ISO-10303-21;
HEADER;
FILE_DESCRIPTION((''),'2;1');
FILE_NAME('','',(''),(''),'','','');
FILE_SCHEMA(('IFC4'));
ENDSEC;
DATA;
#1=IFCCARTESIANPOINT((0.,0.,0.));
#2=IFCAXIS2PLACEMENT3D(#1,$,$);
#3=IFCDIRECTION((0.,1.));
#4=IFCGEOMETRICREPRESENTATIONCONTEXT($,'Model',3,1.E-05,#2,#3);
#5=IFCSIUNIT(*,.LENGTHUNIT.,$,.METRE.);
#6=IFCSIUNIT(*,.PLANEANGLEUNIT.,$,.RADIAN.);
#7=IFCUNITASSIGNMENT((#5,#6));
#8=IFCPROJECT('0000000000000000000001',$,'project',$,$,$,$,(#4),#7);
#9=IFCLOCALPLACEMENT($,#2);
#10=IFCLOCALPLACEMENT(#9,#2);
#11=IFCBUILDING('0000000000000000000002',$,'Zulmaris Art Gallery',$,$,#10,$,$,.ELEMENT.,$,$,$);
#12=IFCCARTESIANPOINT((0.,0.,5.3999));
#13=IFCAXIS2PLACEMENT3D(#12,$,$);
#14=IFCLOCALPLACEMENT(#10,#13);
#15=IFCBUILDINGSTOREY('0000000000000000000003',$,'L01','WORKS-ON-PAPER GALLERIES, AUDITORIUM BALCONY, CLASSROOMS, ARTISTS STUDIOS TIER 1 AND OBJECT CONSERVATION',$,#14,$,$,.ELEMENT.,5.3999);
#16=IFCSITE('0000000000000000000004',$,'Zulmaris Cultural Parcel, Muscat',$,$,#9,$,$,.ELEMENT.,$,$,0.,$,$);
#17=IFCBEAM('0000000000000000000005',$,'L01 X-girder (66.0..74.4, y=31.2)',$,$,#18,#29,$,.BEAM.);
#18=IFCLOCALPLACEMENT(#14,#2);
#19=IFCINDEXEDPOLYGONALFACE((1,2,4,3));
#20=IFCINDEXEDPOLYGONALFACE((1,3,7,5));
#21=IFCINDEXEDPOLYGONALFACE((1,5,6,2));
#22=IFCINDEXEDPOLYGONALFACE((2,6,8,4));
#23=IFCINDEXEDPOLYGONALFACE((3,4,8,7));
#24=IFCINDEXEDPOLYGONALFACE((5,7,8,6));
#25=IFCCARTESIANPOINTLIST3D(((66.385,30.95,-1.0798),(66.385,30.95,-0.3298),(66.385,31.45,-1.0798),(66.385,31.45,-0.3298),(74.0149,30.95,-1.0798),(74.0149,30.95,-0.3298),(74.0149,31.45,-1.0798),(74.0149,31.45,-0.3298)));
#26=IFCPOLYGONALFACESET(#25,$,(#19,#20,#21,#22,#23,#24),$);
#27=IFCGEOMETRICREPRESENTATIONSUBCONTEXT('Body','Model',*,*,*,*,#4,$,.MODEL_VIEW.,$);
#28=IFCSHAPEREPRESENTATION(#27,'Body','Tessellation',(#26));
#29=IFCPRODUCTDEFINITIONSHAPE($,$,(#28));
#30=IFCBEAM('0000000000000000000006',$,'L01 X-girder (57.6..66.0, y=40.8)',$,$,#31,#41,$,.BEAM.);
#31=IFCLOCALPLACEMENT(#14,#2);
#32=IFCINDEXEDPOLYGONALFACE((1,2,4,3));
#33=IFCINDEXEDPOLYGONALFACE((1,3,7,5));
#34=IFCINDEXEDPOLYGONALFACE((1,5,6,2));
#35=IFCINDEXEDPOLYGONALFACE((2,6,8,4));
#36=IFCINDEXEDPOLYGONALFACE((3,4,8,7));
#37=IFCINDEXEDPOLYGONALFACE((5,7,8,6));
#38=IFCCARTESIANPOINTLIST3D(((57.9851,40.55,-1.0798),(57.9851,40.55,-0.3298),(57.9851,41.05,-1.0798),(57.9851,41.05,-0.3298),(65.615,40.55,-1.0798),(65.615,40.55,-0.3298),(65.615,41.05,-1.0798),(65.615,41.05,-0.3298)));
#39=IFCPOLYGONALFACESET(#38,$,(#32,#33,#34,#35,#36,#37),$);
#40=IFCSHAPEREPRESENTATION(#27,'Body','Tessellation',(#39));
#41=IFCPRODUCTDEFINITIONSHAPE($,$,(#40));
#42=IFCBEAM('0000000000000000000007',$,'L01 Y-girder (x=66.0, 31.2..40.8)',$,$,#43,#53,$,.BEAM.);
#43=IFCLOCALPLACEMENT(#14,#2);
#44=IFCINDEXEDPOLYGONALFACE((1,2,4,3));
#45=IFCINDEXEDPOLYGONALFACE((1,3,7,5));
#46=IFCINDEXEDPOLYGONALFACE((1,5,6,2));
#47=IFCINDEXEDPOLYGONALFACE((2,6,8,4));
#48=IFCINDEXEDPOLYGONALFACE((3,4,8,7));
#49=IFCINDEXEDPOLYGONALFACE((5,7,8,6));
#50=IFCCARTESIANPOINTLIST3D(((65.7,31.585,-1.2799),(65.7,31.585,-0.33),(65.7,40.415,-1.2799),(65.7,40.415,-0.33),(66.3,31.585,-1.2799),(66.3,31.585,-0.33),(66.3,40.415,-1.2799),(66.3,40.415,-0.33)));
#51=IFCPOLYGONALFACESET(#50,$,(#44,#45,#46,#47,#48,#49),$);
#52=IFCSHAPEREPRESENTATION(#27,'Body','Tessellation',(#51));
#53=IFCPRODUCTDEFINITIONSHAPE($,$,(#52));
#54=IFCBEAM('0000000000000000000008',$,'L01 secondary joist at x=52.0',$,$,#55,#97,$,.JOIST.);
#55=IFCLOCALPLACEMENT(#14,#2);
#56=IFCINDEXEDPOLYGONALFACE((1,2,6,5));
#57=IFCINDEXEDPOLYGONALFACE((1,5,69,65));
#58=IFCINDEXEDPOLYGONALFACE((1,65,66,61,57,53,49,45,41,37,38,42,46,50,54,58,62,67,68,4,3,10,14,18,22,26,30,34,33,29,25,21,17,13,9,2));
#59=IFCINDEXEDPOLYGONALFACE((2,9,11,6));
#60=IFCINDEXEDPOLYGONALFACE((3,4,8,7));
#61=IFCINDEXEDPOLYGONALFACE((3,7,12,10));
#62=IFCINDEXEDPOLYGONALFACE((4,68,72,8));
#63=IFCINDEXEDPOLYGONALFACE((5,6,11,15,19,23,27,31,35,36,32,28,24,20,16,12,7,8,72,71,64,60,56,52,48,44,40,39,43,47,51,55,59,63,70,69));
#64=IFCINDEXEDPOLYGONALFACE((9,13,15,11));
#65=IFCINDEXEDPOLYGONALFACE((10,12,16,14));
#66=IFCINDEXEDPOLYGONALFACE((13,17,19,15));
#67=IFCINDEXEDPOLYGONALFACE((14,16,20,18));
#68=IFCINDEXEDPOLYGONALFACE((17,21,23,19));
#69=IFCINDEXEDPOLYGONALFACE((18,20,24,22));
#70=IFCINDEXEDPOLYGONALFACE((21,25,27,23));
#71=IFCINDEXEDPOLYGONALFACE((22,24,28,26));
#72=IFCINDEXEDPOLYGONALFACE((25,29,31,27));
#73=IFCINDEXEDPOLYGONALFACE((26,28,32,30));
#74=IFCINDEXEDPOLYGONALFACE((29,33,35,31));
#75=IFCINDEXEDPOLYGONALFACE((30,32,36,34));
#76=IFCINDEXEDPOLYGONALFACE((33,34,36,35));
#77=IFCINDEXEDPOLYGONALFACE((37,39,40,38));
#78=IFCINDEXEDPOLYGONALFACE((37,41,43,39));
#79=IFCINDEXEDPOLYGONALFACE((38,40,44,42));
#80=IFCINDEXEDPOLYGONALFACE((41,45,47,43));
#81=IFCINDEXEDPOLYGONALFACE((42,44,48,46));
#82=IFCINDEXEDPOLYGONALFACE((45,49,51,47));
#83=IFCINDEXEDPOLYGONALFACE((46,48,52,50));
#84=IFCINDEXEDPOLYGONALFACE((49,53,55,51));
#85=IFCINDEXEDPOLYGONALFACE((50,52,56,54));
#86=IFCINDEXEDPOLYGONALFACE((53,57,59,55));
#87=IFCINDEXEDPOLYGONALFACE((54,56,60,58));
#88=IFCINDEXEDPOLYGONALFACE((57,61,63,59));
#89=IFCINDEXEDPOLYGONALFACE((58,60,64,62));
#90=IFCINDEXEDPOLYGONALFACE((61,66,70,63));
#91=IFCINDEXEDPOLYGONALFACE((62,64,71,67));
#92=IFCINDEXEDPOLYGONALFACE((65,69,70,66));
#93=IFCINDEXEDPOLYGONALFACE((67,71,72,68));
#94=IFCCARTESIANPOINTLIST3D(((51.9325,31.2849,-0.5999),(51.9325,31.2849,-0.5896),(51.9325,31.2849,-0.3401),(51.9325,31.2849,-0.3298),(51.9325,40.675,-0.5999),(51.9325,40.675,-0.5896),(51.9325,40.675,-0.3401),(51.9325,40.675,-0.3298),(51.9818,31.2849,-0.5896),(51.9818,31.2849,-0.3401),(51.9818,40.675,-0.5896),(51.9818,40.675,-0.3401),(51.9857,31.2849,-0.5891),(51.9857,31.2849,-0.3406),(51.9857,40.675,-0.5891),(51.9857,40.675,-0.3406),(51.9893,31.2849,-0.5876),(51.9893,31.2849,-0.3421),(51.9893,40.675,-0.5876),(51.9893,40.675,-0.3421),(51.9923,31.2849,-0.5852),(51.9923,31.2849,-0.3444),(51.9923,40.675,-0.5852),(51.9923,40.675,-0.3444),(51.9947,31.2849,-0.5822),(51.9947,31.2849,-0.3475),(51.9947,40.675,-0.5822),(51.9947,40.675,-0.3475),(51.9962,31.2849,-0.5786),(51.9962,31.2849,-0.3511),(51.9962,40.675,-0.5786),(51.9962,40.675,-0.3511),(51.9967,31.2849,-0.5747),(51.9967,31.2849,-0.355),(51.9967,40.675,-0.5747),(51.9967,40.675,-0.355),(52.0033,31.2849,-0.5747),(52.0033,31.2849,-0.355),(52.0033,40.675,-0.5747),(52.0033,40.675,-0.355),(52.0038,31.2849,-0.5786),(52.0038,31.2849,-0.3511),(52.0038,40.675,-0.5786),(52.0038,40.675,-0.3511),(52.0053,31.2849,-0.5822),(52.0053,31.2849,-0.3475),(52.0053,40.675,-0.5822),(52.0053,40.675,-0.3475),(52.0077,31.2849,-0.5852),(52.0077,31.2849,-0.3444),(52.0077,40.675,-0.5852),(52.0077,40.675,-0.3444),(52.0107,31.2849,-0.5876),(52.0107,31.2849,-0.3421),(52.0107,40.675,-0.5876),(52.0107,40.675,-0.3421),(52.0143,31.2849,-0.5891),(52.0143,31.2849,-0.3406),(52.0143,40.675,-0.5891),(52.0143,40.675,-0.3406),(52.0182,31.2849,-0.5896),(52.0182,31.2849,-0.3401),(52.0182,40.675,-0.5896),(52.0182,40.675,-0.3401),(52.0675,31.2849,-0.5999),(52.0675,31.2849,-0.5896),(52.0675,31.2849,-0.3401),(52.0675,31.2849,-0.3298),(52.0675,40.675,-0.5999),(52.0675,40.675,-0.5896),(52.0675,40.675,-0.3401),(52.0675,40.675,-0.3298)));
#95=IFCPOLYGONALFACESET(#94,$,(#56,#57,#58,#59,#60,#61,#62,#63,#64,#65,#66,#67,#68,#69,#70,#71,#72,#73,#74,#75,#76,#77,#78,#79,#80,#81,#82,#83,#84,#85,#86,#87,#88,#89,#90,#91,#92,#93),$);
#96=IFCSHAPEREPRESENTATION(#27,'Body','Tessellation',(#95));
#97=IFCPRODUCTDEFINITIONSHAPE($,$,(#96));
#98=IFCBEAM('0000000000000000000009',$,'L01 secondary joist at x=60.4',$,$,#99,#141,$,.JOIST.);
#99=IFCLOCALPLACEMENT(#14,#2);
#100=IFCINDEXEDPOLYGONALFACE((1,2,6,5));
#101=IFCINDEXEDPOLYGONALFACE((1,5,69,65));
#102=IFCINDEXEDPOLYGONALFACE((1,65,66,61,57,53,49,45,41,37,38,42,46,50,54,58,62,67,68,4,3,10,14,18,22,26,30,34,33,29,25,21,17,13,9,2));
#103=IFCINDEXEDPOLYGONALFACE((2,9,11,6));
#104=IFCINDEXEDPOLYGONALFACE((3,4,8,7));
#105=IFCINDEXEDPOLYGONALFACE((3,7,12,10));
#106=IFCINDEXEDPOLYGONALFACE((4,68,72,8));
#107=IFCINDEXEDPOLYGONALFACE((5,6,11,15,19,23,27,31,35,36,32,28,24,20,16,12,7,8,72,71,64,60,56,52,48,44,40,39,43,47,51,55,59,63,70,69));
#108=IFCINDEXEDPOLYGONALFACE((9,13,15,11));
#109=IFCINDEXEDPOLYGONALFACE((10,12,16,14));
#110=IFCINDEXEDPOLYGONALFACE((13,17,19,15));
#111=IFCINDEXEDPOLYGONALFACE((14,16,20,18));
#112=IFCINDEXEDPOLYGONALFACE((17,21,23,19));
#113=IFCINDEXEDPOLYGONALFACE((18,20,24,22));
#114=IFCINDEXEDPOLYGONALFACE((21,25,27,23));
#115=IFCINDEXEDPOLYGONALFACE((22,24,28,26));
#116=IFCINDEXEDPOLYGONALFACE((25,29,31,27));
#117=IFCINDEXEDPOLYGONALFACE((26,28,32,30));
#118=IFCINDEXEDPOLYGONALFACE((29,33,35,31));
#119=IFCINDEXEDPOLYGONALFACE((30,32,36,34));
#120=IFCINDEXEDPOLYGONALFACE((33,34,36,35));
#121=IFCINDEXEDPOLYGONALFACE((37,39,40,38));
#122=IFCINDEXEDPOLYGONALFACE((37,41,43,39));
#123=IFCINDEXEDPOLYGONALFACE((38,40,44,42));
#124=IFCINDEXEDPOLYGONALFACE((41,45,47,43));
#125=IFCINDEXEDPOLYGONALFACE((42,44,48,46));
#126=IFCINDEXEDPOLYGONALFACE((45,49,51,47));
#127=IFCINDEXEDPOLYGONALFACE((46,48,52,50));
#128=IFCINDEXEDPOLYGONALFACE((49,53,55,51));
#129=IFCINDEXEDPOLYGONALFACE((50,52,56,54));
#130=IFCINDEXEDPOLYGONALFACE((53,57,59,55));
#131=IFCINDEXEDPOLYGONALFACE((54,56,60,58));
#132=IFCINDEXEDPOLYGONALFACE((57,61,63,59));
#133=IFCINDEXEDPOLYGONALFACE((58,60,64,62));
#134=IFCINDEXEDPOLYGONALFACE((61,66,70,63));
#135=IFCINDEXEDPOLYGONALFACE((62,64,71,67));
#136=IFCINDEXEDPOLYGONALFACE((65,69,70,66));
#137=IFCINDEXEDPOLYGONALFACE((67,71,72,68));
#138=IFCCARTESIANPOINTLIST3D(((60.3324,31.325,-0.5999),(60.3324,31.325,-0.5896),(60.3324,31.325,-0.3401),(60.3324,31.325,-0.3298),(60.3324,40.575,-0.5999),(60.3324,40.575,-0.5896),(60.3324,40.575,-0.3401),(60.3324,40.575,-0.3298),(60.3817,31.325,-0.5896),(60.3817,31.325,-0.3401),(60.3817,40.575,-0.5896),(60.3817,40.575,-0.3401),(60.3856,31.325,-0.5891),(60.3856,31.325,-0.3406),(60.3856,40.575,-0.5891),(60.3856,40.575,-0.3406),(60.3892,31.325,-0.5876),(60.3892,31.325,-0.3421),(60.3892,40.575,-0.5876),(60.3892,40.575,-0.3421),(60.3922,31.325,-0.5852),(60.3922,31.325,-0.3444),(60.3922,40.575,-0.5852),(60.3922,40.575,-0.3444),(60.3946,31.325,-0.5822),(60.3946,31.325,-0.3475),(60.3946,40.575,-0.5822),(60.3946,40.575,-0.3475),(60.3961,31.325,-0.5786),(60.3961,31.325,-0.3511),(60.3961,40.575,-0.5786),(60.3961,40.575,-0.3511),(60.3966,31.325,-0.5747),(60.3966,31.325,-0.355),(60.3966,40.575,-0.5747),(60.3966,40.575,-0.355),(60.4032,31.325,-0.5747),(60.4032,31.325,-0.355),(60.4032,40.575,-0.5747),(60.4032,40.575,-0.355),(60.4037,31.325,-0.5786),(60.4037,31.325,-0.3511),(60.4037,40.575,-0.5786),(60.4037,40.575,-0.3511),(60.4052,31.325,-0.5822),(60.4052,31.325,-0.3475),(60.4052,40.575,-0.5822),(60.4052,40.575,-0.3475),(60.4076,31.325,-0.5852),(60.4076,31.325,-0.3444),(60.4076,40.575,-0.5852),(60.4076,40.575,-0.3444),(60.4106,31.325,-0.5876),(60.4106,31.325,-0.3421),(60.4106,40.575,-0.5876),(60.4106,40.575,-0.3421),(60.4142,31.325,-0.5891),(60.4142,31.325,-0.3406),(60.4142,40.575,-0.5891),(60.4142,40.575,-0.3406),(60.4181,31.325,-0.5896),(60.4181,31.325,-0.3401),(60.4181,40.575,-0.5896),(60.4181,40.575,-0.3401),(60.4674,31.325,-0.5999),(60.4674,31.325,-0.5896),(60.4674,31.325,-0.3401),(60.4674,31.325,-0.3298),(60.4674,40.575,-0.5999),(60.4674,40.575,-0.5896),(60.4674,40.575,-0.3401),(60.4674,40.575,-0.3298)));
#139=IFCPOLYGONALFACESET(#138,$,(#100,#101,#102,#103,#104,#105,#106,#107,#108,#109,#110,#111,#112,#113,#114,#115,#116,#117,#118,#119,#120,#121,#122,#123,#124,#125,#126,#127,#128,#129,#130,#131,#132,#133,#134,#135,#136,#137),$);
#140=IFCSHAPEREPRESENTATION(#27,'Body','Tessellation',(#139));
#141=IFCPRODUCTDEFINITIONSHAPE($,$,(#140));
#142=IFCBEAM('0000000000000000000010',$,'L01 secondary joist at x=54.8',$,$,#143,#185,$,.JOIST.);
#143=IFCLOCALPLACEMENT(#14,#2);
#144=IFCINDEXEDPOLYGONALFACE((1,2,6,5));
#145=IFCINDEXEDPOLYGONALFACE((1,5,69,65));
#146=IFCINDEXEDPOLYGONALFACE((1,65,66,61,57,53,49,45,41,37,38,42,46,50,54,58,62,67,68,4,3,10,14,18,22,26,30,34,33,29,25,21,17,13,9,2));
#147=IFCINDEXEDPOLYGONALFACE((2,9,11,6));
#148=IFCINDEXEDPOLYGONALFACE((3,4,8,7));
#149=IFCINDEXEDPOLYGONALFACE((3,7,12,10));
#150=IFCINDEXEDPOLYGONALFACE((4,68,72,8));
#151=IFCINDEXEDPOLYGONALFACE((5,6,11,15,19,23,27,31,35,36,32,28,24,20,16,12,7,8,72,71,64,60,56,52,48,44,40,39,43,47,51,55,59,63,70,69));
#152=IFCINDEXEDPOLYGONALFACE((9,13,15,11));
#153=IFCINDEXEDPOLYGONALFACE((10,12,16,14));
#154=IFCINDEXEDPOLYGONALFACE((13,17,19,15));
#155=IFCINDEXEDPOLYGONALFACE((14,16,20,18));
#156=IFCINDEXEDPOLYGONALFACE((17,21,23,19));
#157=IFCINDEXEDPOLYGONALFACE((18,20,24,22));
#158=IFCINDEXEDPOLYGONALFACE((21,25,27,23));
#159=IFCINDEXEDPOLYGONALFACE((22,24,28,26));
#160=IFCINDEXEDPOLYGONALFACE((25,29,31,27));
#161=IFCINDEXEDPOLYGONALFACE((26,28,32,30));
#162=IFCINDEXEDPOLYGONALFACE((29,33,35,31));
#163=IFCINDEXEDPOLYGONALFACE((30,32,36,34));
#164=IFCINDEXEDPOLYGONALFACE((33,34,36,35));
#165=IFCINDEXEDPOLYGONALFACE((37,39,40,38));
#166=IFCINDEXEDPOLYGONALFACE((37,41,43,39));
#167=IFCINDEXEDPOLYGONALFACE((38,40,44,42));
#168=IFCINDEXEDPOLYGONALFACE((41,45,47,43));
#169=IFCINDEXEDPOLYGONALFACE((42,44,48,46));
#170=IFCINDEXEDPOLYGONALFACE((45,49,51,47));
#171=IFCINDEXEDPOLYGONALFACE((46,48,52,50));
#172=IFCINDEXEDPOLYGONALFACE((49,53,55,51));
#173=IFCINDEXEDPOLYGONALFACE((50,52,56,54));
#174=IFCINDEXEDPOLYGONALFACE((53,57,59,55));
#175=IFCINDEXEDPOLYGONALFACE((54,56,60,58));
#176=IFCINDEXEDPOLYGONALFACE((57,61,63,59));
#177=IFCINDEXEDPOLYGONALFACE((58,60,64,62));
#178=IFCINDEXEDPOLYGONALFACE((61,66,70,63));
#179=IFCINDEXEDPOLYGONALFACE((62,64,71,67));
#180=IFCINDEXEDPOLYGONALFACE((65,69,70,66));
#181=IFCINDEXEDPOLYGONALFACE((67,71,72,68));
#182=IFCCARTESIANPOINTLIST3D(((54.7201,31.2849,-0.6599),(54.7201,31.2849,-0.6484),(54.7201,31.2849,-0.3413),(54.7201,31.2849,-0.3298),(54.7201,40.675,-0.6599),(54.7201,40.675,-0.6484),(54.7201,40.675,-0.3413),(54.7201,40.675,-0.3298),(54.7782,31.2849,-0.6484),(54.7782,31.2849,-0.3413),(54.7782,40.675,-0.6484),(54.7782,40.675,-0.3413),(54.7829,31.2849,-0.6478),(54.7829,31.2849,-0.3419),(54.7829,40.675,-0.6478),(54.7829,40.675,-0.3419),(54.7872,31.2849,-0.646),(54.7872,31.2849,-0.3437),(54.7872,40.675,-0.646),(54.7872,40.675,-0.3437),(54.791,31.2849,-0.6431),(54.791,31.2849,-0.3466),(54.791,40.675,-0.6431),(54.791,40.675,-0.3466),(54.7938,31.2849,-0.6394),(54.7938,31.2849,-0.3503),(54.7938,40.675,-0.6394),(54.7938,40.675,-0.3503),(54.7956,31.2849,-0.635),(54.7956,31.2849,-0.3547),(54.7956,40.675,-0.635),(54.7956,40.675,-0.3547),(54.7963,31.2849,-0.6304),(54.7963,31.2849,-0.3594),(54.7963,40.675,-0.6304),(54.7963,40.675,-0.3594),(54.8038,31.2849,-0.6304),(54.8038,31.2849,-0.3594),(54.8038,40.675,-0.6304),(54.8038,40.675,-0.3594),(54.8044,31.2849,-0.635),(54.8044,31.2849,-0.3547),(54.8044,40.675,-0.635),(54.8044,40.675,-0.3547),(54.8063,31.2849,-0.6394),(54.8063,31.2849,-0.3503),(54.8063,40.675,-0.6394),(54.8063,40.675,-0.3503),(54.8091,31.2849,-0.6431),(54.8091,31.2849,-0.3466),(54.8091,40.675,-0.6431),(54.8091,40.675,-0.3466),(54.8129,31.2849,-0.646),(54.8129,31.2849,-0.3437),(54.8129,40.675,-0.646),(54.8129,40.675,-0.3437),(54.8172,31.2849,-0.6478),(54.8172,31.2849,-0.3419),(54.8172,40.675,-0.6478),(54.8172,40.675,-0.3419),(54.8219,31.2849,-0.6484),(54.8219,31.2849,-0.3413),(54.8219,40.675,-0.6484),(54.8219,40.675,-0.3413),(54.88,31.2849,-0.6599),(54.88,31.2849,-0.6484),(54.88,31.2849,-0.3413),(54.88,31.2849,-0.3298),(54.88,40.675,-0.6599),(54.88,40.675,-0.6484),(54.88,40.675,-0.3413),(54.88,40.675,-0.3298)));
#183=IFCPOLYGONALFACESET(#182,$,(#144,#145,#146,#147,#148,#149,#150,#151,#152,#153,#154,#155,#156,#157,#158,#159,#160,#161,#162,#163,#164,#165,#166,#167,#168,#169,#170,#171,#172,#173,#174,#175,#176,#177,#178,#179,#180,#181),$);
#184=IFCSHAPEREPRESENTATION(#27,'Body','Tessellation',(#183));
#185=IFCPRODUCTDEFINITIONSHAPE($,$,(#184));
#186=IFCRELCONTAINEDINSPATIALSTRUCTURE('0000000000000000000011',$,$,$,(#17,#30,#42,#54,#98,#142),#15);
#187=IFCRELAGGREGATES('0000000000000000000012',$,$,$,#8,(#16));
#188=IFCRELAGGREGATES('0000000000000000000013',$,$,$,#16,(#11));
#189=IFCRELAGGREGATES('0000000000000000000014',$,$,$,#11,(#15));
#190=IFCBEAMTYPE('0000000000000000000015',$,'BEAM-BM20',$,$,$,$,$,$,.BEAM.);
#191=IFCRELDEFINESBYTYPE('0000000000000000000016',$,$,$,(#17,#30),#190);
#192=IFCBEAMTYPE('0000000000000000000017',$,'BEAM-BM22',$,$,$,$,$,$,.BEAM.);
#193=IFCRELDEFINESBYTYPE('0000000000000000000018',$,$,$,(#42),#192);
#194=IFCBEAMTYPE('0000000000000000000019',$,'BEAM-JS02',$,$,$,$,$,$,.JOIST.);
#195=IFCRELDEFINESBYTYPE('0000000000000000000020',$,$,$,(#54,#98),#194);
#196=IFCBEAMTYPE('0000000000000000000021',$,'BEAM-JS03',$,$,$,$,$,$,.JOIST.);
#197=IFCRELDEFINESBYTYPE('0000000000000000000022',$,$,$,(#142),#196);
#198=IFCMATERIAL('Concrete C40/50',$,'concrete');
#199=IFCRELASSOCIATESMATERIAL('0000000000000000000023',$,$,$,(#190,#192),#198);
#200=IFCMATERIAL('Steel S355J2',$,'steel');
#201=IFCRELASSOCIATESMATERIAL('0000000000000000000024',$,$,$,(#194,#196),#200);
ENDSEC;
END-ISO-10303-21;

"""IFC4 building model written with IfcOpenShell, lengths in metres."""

from ifc_helpers import new_model, si_unit, direction, frame, origin, origin_2d, place, context, subcontext, project, spatial, rectangle, i_section, extrude, material, material_profile, profile_set, type_object, element, save


model = new_model("IFC4")

# Units and contexts
model_context = context("Model", 3, precision=1e-05, world=origin(), true_north=direction((0.0, 1.0)))
body_context = subcontext(model_context, "Body", "Model", "MODEL_VIEW")
ifc_project = project(units=[si_unit("LENGTHUNIT", "METRE"), si_unit("PLANEANGLEUNIT", "RADIAN")], contexts=[model_context])

# Site, building, storey
site_placement = place(None, origin())
site = spatial("IfcSite", under=ifc_project, at=site_placement, Name="Zulmaris Cultural Parcel, Muscat", CompositionType="ELEMENT", RefElevation=0.0)
building_placement = place(site_placement, origin())
building = spatial("IfcBuilding", under=site, at=building_placement, Name="Zulmaris Art Gallery", CompositionType="ELEMENT")
storey_placement = place(building_placement, frame((0.0, 0.0, 5.3999)))
storey = spatial("IfcBuildingStorey", under=building, at=storey_placement, Name="L01", Description="WORKS-ON-PAPER GALLERIES, AUDITORIUM BALCONY, CLASSROOMS, ARTISTS STUDIOS TIER 1 AND OBJECT CONSERVATION", CompositionType="ELEMENT", Elevation=5.3999)

# Shared definitions
ifc_material_1 = material(Name="Concrete C40/50", Category="concrete")

# Beams
ifc_material_2 = material(Name="Steel S355J2", Category="steel")
ifc_material_profile_1 = material_profile(ifc_material_1, rectangle(XDim=0.5, YDim=0.75, at=origin_2d()), Name="RC 500x750")
ifc_profile_set_1 = profile_set([ifc_material_profile_1], Name="Concrete C40/50")
beam_type_1 = type_object("IfcBeamType", Name="BEAM-BM20", PredefinedType="BEAM", material=ifc_profile_set_1)
for number, where, z_axis, x_axis, name in (
    (1, (66.385, 31.2, -0.7048), (1.0, 0.0, 0.0), (0.0, 1.0, 0.0), "L01 X-girder (66.0..74.4, y=31.2)"),
    (2, (57.9851, 40.8, -0.7048), (1.0, 0.0, 0.0), (0.0, 1.0, 0.0), "L01 X-girder (57.6..66.0, y=40.8)"),
):
    element("IfcBeam", number, at=place(storey_placement, frame(where, z_axis=z_axis, x_axis=x_axis)), inside=storey, type_object=beam_type_1, Name=name, PredefinedType="BEAM", context=body_context, shape_type="SweptSolid", body=[
        extrude(rectangle(XDim=0.5, YDim=0.75, at=origin_2d()), origin(), (0.0, 0.0, 1.0), 7.6299),
    ])
ifc_material_profile_2 = material_profile(ifc_material_1, rectangle(XDim=0.6001, YDim=0.95, at=origin_2d()), Name="RC 600x950")
ifc_profile_set_2 = profile_set([ifc_material_profile_2], Name="Concrete C40/50")
beam_type_2 = type_object("IfcBeamType", Name="BEAM-BM22", PredefinedType="BEAM", material=ifc_profile_set_2)
beam_1_placement = place(storey_placement, frame((66.0, 31.585, -0.8049), z_axis=(0.0, 1.0, 0.0), x_axis=(-1.0, 0.0, 0.0)))
element("IfcBeam", 3, at=beam_1_placement, inside=storey, type_object=beam_type_2, Name="L01 Y-girder (x=66.0, 31.2..40.8)", PredefinedType="BEAM", context=body_context, shape_type="SweptSolid", body=[
    extrude(rectangle(XDim=0.6001, YDim=0.95, at=origin_2d()), origin(), (0.0, 0.0, 1.0), 8.8301),
])
ifc_material_profile_3 = material_profile(ifc_material_2, i_section(OverallWidth=0.135, OverallDepth=0.27, WebThickness=0.0066, FlangeThickness=0.0103, FilletRadius=0.0149, at=origin_2d()), Name="IPE 270")
ifc_profile_set_3 = profile_set([ifc_material_profile_3], Name="Steel S355J2")
beam_type_3 = type_object("IfcBeamType", Name="BEAM-JS02", PredefinedType="JOIST", material=ifc_profile_set_3)
beam_2_placement = place(storey_placement, frame((52.0, 31.2849, -0.4648), z_axis=(0.0, 1.0, 0.0), x_axis=(-1.0, 0.0, 0.0)))
element("IfcBeam", 4, at=beam_2_placement, inside=storey, type_object=beam_type_3, Name="L01 secondary joist at x=52.0", PredefinedType="JOIST", context=body_context, shape_type="SweptSolid", body=[
    extrude(i_section(OverallWidth=0.135, OverallDepth=0.27, WebThickness=0.0066, FlangeThickness=0.0103, FilletRadius=0.0149, at=origin_2d()), origin(), (0.0, 0.0, 1.0), 9.3901),
])
beam_3_placement = place(storey_placement, frame((60.3999, 31.325, -0.4648), z_axis=(0.0, 1.0, 0.0), x_axis=(-1.0, 0.0, 0.0)))
element("IfcBeam", 5, at=beam_3_placement, inside=storey, type_object=beam_type_3, Name="L01 secondary joist at x=60.4", PredefinedType="JOIST", context=body_context, shape_type="SweptSolid", body=[
    extrude(i_section(OverallWidth=0.135, OverallDepth=0.27, WebThickness=0.0066, FlangeThickness=0.0103, FilletRadius=0.0149, at=origin_2d()), origin(), (0.0, 0.0, 1.0), 9.25),
])
ifc_material_profile_4 = material_profile(ifc_material_2, i_section(OverallWidth=0.1599, OverallDepth=0.3301, WebThickness=0.0076, FlangeThickness=0.0115, FilletRadius=0.0181, at=origin_2d()), Name="IPE 330")
ifc_profile_set_4 = profile_set([ifc_material_profile_4], Name="Steel S355J2")
beam_type_4 = type_object("IfcBeamType", Name="BEAM-JS03", PredefinedType="JOIST", material=ifc_profile_set_4)
beam_4_placement = place(storey_placement, frame((54.8, 31.2849, -0.4949), z_axis=(0.0, 1.0, 0.0), x_axis=(-1.0, 0.0, 0.0)))
element("IfcBeam", 6, at=beam_4_placement, inside=storey, type_object=beam_type_4, Name="L01 secondary joist at x=54.8", PredefinedType="JOIST", context=body_context, shape_type="SweptSolid", body=[
    extrude(i_section(OverallWidth=0.1599, OverallDepth=0.3301, WebThickness=0.0076, FlangeThickness=0.0115, FilletRadius=0.0181, at=origin_2d()), origin(), (0.0, 0.0, 1.0), 9.3901),
])

save(model, "model.ifc")
